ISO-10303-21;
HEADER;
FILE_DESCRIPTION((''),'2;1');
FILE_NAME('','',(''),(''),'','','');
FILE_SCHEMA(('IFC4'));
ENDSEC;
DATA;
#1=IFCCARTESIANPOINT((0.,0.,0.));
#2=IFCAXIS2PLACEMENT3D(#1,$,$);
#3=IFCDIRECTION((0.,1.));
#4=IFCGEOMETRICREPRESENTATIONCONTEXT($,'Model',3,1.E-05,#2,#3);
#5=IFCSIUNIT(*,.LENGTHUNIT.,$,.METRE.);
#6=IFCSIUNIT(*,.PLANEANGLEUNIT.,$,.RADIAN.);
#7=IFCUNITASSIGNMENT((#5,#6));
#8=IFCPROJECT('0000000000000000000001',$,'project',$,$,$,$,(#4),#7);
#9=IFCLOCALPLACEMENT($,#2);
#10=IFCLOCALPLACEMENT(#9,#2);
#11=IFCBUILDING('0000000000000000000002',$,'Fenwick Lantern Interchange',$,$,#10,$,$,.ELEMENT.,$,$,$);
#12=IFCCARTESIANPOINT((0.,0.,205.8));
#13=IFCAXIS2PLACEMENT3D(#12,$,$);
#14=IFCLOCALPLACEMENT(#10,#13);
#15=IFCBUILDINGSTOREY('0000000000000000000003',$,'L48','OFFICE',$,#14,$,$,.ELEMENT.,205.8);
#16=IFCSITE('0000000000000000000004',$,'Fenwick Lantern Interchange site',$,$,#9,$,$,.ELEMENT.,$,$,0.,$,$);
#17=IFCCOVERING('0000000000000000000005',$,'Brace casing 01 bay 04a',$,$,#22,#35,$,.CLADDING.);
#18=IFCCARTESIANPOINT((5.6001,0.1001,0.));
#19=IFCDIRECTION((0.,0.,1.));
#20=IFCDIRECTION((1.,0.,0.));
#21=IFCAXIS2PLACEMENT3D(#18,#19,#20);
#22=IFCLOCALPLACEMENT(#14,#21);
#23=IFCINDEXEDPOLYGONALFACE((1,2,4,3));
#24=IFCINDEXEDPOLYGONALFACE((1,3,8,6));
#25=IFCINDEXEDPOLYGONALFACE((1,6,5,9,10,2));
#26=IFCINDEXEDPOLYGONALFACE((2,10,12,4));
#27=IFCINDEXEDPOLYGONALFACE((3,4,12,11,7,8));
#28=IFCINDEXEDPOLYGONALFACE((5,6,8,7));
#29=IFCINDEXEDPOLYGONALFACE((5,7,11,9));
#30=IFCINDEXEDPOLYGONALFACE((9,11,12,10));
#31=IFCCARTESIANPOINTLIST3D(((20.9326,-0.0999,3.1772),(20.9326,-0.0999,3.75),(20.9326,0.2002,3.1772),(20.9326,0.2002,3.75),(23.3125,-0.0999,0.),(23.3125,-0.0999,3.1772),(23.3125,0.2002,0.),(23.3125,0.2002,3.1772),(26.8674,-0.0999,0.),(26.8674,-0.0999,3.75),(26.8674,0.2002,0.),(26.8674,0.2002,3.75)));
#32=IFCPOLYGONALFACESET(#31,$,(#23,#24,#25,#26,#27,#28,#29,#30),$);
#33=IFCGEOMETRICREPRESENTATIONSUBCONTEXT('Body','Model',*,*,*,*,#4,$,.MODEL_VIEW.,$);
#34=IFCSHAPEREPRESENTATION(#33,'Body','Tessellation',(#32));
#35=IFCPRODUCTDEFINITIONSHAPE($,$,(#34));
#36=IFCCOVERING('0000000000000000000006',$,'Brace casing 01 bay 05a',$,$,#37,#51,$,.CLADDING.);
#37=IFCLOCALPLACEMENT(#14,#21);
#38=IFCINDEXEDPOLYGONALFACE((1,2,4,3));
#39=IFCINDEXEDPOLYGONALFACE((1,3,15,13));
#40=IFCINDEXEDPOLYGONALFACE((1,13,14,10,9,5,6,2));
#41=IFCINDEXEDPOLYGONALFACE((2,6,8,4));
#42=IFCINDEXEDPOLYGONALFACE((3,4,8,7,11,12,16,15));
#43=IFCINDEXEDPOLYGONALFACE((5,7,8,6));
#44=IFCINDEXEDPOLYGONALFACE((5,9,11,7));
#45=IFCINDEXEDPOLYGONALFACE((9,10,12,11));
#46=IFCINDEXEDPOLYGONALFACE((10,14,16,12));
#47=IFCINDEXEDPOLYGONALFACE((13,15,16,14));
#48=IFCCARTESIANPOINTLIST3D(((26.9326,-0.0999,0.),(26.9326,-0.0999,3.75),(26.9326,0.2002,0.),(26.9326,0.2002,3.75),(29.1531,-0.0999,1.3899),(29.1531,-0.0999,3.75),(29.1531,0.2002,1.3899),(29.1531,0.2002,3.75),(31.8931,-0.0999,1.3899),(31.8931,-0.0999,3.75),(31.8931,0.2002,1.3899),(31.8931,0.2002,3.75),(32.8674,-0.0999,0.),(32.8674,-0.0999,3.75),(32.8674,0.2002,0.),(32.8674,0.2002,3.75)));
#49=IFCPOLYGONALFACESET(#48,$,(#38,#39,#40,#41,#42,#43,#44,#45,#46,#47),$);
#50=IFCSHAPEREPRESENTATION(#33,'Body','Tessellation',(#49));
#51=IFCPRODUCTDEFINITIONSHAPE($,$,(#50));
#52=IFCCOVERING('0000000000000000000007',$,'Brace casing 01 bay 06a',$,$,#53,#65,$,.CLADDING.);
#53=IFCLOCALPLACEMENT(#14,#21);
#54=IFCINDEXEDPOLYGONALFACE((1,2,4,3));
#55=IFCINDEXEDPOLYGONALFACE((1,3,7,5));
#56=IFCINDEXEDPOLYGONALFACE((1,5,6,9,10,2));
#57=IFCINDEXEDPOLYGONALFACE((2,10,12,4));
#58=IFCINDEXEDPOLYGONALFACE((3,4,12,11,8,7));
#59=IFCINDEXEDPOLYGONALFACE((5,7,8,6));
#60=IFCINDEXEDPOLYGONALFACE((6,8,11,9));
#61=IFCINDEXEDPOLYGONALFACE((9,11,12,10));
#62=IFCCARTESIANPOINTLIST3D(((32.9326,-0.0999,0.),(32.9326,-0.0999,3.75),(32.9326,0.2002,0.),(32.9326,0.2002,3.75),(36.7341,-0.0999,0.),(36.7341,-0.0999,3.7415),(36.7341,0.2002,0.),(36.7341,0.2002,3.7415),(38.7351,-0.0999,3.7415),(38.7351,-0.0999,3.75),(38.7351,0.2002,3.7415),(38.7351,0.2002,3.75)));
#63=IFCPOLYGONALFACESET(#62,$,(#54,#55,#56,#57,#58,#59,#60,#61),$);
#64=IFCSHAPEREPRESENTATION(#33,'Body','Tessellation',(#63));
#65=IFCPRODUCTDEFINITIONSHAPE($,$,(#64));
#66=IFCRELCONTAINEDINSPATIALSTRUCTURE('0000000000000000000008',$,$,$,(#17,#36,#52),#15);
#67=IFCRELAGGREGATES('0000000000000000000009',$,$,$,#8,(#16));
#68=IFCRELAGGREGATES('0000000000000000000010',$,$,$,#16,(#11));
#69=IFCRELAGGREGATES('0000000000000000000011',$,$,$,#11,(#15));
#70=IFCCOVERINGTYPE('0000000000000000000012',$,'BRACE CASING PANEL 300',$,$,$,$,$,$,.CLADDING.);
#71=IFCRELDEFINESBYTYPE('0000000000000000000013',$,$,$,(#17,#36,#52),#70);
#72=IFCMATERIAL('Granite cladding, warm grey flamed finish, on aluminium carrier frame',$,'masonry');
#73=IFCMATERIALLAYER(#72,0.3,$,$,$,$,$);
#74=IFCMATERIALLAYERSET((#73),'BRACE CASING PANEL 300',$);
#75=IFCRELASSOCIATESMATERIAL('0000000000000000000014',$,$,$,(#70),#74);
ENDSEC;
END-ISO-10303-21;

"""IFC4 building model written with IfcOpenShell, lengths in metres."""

from ifc_helpers import new_model, si_unit, direction, frame, origin, place, context, subcontext, project, spatial, polyline, outline, extrude, material, layer, layer_set, type_object, element, save


model = new_model("IFC4")

# Units and contexts
model_context = context("Model", 3, precision=1e-05, world=origin(), true_north=direction((0.0, 1.0)))
body_context = subcontext(model_context, "Body", "Model", "MODEL_VIEW")
ifc_project = project(units=[si_unit("LENGTHUNIT", "METRE"), si_unit("PLANEANGLEUNIT", "RADIAN")], contexts=[model_context])

# Site, building, storey
site_placement = place(None, origin())
site = spatial("IfcSite", under=ifc_project, at=site_placement, Name="Fenwick Lantern Interchange site", CompositionType="ELEMENT", RefElevation=0.0)
building_placement = place(site_placement, origin())
building = spatial("IfcBuilding", under=site, at=building_placement, Name="Fenwick Lantern Interchange", CompositionType="ELEMENT")
storey_placement = place(building_placement, frame((0.0, 0.0, 205.8)))
storey = spatial("IfcBuildingStorey", under=building, at=storey_placement, Name="L48", Description="OFFICE", CompositionType="ELEMENT", Elevation=205.8)

# Coverings
ifc_material_1 = material(Name="Granite cladding, warm grey flamed finish, on aluminium carrier frame", Category="masonry")
ifc_layer_1 = layer(ifc_material_1, 0.3)
ifc_layer_set_1 = layer_set([ifc_layer_1], Name="BRACE CASING PANEL 300")
covering_type = type_object("IfcCoveringType", Name="BRACE CASING PANEL 300", PredefinedType="CLADDING", material=ifc_layer_set_1)
covering_1_placement = place(storey_placement, frame((5.6001, 0.1001, 0.0), z_axis=(0.0, 0.0, 1.0), x_axis=(1.0, 0.0, 0.0)))
element("IfcCovering", 1, at=covering_1_placement, inside=storey, type_object=covering_type, Name="Brace casing 01 bay 04a", PredefinedType="CLADDING", context=body_context, shape_type="SweptSolid", body=[
    extrude(outline(polyline([(23.3125, 0.0), (26.8674, 0.0), (26.8674, 3.75), (20.9326, 3.75), (20.9326, 3.1772), (23.3125, 3.1772), (23.3125, 0.0)])), frame((0.0, 0.2002, 0.0), z_axis=(0.0, -1.0, 0.0), x_axis=(1.0, 0.0, 0.0)), (0.0, 0.0, 1.0), 0.3),
])
covering_2_placement = place(storey_placement, frame((5.6001, 0.1001, 0.0), z_axis=(0.0, 0.0, 1.0), x_axis=(1.0, 0.0, 0.0)))
element("IfcCovering", 2, at=covering_2_placement, inside=storey, type_object=covering_type, Name="Brace casing 01 bay 05a", PredefinedType="CLADDING", context=body_context, shape_type="SweptSolid", body=[
    extrude(outline(polyline([(26.9326, 0.0), (32.8674, 0.0), (32.8674, 3.75), (31.8931, 3.75), (31.8931, 1.3899), (29.1531, 1.3899), (29.1531, 3.75), (26.9326, 3.75), (26.9326, 0.0)])), frame((0.0, 0.2002, 0.0), z_axis=(0.0, -1.0, 0.0), x_axis=(1.0, 0.0, 0.0)), (0.0, 0.0, 1.0), 0.3),
])
covering_3_placement = place(storey_placement, frame((5.6001, 0.1001, 0.0), z_axis=(0.0, 0.0, 1.0), x_axis=(1.0, 0.0, 0.0)))
element("IfcCovering", 3, at=covering_3_placement, inside=storey, type_object=covering_type, Name="Brace casing 01 bay 06a", PredefinedType="CLADDING", context=body_context, shape_type="SweptSolid", body=[
    extrude(outline(polyline([(32.9326, 0.0), (36.7341, 0.0), (36.7341, 3.7415), (38.7351, 3.7415), (38.7351, 3.75), (32.9326, 3.75), (32.9326, 0.0)])), frame((0.0, 0.2002, 0.0), z_axis=(0.0, -1.0, 0.0), x_axis=(1.0, 0.0, 0.0)), (0.0, 0.0, 1.0), 0.3),
])

save(model, "model.ifc")
